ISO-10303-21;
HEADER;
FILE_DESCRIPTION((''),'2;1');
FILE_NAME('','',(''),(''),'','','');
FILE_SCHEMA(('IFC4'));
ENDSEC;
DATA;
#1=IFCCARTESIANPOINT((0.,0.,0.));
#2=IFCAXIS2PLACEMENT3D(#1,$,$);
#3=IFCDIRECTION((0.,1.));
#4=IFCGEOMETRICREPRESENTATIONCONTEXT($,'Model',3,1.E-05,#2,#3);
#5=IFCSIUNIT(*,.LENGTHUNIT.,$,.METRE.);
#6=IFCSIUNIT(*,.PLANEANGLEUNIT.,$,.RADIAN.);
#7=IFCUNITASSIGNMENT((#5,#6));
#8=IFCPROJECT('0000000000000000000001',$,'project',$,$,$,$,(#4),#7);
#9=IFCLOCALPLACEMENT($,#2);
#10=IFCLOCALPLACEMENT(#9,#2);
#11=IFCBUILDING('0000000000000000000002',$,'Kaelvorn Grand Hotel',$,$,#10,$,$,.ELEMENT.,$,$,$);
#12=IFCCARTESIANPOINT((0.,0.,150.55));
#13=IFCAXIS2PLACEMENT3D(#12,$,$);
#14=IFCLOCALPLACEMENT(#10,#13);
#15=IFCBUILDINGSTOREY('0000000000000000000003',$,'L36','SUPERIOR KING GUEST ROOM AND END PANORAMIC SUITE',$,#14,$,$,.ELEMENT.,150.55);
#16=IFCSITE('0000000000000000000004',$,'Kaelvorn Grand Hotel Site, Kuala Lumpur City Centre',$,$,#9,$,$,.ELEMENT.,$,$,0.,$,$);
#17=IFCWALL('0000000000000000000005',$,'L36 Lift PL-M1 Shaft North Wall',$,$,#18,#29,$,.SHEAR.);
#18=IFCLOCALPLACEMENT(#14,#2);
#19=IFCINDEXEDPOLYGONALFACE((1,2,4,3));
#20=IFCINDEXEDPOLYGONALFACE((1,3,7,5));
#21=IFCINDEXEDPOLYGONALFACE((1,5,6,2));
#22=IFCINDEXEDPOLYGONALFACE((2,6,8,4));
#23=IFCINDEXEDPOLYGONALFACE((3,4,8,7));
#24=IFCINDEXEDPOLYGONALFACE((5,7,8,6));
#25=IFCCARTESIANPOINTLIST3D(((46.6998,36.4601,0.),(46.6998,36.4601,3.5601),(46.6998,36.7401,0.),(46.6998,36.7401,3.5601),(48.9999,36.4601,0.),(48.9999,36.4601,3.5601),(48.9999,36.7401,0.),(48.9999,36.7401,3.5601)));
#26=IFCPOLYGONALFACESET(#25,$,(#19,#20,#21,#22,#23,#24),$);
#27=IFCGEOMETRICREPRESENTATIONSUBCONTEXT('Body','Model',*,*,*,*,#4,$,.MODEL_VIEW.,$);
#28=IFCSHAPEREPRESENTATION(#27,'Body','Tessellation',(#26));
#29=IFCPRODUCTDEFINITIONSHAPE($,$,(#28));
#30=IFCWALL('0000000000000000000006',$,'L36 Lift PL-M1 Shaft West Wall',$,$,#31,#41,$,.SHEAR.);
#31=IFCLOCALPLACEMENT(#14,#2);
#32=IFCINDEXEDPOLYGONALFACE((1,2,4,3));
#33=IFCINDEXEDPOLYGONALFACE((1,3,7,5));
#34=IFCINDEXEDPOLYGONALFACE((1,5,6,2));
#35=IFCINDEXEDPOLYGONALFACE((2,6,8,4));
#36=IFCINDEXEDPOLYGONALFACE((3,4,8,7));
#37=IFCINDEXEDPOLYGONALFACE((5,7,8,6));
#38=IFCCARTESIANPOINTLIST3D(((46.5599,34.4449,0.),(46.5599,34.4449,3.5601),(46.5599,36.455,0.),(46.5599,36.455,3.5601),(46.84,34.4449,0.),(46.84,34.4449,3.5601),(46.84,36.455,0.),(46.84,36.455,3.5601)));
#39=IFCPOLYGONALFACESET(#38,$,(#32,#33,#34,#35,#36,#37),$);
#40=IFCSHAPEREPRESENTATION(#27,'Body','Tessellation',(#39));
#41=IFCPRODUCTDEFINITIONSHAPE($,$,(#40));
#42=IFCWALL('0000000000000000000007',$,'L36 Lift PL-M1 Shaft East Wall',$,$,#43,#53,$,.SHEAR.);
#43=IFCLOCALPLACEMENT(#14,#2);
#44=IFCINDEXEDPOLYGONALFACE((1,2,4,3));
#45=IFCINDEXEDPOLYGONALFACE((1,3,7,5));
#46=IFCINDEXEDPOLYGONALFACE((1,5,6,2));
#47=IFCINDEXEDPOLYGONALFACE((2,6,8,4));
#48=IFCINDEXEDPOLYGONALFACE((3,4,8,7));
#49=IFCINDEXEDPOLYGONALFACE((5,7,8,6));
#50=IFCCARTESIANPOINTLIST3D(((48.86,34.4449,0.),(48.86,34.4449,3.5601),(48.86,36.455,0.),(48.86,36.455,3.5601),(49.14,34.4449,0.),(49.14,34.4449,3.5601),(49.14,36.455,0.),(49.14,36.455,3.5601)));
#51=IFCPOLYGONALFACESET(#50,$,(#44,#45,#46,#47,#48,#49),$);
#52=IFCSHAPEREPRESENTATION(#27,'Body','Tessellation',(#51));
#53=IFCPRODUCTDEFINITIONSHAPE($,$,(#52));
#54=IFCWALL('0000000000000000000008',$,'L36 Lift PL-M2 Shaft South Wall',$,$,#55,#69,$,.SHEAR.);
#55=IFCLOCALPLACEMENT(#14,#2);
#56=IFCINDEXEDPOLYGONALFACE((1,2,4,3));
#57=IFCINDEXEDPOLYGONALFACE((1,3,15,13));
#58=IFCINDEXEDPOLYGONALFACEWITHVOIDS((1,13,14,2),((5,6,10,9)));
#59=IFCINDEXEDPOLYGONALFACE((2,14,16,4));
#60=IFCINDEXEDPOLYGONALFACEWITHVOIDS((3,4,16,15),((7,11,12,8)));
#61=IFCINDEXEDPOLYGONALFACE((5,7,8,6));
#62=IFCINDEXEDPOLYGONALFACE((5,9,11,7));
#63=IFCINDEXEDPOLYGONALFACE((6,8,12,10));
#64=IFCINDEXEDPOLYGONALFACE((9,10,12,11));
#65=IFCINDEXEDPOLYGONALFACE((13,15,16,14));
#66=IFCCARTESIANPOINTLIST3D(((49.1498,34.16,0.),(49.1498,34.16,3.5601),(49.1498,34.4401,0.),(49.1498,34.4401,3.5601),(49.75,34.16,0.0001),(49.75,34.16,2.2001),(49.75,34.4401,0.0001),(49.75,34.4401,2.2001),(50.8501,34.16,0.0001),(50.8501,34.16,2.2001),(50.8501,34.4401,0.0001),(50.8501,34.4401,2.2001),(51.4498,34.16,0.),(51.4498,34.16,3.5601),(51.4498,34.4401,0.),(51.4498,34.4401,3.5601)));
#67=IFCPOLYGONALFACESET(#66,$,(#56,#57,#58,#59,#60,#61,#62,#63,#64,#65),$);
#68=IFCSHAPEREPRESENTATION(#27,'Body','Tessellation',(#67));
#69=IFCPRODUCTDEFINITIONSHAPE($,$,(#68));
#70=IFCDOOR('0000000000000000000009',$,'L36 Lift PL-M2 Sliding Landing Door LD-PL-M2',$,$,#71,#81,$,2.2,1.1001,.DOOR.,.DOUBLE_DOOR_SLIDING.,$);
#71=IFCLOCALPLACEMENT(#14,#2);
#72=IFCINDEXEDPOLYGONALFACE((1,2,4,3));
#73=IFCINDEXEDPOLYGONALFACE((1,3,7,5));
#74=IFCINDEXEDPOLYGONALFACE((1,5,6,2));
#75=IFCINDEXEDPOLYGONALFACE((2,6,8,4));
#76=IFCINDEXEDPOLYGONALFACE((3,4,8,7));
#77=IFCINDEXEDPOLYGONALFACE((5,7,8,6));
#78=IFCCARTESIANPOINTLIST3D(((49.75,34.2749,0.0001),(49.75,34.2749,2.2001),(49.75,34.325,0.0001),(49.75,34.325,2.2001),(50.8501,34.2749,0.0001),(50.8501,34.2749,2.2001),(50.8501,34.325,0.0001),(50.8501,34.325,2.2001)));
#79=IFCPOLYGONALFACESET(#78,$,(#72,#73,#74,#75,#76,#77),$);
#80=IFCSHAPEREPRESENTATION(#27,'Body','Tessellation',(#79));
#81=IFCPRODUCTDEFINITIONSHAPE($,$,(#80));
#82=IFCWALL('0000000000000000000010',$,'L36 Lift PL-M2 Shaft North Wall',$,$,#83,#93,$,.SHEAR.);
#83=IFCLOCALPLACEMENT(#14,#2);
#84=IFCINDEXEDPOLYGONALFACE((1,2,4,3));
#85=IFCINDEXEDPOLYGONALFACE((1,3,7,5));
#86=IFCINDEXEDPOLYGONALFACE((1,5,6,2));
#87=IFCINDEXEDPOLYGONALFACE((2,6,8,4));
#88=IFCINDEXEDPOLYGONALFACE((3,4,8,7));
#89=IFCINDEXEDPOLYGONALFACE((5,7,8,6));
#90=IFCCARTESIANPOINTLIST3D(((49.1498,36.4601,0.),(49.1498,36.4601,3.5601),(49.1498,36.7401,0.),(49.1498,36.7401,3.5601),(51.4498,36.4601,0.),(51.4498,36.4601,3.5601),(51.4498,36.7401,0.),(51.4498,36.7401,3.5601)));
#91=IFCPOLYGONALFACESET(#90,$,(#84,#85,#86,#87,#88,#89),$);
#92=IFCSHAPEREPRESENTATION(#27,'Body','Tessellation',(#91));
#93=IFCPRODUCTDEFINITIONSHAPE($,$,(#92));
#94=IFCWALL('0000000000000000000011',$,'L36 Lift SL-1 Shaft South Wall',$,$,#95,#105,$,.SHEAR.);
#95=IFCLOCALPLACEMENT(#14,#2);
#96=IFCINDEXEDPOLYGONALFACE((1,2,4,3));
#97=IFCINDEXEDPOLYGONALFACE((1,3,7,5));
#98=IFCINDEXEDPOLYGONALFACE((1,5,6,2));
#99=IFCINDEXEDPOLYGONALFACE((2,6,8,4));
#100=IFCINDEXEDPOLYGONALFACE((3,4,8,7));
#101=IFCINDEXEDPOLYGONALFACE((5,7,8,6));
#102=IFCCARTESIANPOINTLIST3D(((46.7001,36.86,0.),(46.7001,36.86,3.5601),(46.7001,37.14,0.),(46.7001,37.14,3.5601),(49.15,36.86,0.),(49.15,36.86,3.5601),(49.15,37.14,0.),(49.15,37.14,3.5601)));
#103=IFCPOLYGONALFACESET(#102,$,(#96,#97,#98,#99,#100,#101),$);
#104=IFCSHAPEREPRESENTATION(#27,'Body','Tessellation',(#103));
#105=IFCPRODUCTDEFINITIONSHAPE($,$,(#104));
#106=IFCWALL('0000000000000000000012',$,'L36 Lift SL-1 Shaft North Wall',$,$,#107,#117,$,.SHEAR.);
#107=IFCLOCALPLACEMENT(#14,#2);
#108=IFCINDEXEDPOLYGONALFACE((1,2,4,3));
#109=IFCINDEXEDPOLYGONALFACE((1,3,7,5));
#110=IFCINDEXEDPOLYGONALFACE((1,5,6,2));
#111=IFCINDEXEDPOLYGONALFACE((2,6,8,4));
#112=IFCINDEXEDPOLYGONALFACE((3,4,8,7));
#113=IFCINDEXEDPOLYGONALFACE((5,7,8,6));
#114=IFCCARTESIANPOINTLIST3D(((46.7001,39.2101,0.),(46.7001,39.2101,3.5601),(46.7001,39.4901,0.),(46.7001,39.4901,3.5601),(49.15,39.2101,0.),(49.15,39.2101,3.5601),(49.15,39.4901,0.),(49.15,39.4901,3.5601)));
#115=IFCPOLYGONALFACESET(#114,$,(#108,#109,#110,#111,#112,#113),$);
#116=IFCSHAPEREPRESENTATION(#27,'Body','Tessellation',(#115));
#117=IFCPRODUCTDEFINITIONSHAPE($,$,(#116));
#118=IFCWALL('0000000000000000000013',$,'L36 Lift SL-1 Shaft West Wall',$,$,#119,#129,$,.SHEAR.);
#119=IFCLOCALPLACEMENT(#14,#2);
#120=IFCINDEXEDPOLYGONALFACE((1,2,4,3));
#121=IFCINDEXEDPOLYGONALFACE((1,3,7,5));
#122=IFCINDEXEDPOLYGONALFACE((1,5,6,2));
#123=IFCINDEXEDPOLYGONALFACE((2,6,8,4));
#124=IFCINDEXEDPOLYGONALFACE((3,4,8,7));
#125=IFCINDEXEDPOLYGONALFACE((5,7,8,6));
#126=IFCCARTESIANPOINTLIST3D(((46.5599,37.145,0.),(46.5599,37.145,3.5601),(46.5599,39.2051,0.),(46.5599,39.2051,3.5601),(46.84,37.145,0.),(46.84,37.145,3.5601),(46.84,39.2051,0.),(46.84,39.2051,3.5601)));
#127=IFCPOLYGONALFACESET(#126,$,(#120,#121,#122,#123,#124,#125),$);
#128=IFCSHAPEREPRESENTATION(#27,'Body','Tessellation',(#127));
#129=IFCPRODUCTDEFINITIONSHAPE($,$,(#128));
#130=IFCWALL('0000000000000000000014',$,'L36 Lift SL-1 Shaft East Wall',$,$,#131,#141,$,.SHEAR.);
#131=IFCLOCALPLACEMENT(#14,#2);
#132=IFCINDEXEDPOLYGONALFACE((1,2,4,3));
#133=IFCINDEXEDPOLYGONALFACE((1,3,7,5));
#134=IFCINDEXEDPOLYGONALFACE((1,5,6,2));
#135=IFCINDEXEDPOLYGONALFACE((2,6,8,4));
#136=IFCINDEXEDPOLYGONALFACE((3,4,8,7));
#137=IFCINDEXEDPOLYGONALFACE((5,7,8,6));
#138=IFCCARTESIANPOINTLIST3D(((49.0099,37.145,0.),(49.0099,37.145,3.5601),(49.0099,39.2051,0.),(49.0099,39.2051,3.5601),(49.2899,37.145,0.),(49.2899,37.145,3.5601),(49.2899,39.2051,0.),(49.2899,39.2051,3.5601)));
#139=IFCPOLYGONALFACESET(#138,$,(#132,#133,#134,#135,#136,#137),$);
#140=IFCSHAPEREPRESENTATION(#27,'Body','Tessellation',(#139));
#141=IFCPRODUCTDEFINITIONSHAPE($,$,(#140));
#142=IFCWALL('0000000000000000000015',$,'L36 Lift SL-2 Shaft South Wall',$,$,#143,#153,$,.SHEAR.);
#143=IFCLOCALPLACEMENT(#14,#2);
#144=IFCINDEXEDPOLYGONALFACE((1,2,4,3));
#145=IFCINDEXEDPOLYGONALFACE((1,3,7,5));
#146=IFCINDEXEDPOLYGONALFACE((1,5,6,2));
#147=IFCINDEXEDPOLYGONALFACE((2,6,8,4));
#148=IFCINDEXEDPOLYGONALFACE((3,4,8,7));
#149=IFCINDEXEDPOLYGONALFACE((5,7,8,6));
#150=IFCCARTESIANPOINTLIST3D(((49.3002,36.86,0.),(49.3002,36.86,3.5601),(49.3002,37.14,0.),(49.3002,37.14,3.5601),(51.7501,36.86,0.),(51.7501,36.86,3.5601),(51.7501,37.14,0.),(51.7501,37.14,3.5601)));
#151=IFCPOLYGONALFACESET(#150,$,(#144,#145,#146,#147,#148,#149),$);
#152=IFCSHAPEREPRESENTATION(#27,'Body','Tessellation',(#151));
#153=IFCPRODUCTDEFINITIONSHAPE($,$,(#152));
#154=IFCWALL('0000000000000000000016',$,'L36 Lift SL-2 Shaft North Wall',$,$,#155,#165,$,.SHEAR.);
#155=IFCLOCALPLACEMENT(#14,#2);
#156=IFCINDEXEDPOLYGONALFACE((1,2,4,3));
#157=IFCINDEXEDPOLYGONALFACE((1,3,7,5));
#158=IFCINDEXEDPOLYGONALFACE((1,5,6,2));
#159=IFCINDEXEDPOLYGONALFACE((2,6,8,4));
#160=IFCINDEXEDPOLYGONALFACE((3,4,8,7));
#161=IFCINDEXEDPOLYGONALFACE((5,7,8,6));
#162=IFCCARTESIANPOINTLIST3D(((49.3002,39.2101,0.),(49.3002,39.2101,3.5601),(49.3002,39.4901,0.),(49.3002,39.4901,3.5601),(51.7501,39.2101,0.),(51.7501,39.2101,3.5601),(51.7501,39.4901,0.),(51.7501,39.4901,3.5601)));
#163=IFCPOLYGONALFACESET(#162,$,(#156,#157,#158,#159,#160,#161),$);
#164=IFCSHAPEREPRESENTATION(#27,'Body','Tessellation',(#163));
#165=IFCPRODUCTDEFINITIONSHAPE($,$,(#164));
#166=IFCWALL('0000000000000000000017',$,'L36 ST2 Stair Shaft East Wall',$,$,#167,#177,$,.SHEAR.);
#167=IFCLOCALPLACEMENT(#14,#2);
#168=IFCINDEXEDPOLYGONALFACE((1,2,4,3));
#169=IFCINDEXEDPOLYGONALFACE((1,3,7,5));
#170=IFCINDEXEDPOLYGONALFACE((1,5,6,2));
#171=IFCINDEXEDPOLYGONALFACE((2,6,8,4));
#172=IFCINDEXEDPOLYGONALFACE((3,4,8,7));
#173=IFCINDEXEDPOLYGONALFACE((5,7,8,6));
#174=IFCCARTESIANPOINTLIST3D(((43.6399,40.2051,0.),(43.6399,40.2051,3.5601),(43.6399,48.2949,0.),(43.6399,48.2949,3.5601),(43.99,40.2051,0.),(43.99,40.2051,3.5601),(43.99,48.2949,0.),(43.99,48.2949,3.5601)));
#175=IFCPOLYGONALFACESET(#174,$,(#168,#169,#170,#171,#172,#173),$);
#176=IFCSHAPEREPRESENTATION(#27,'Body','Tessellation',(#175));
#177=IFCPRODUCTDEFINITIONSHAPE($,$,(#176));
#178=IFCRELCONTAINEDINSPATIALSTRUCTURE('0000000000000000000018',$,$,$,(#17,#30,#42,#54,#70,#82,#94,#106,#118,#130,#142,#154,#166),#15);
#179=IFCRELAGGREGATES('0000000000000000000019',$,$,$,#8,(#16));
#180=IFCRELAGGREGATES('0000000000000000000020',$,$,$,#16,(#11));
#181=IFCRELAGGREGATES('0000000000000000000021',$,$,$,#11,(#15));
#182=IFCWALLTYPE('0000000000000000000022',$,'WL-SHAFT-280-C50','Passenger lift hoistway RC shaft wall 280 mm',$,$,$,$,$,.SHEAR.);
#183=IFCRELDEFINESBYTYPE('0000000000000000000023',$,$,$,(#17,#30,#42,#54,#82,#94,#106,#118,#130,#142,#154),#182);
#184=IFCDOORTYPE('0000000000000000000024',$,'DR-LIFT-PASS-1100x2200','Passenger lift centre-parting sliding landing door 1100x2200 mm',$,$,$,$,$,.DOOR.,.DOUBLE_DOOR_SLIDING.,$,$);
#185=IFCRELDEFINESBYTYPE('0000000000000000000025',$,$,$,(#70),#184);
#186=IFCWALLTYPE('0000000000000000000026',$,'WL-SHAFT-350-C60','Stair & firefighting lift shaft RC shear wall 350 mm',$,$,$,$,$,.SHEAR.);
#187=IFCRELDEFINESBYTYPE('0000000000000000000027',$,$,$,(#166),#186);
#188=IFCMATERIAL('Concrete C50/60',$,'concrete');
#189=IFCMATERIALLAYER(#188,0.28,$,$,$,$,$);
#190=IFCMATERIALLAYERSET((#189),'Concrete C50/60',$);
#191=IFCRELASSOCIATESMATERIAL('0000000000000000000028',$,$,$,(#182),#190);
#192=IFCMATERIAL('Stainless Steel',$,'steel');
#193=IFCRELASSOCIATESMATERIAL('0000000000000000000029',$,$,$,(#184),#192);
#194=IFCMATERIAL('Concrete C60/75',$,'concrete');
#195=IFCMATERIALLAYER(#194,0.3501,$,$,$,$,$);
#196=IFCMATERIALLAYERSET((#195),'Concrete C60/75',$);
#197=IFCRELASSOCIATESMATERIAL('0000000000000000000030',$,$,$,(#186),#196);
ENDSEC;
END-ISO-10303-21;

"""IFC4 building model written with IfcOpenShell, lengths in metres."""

from ifc_helpers import new_model, si_unit, direction, frame, frame_2d, origin, place, context, subcontext, project, spatial, rectangle, extrude, material, layer, layer_set, type_object, element, fill, save


model = new_model("IFC4")

# Units and contexts
model_context = context("Model", 3, precision=1e-05, world=origin(), true_north=direction((0.0, 1.0)))
body_context = subcontext(model_context, "Body", "Model", "MODEL_VIEW")
ifc_project = project(units=[si_unit("LENGTHUNIT", "METRE"), si_unit("PLANEANGLEUNIT", "RADIAN")], contexts=[model_context])

# Site, building, storey
site_placement = place(None, origin())
site = spatial("IfcSite", under=ifc_project, at=site_placement, Name="Kaelvorn Grand Hotel Site, Kuala Lumpur City Centre", CompositionType="ELEMENT", RefElevation=0.0)
building_placement = place(site_placement, origin())
building = spatial("IfcBuilding", under=site, at=building_placement, Name="Kaelvorn Grand Hotel", CompositionType="ELEMENT")
storey_placement = place(building_placement, frame((0.0, 0.0, 150.55)))
storey = spatial("IfcBuildingStorey", under=building, at=storey_placement, Name="L36", Description="SUPERIOR KING GUEST ROOM AND END PANORAMIC SUITE", CompositionType="ELEMENT", Elevation=150.55)

# Shared definitions
ifc_material_1 = material(Name="Concrete C60/75", Category="concrete")

# Shared definitions
ifc_material_2 = material(Name="Concrete C50/60", Category="concrete")

# Shared definitions
ifc_layer_1 = layer(ifc_material_2, 0.28)
ifc_layer_set_1 = layer_set([ifc_layer_1], Name="Concrete C50/60")
wall_type_1 = type_object("IfcWallType", Name="WL-SHAFT-280-C50", Description="Passenger lift hoistway RC shaft wall 280 mm", PredefinedType="SHEAR", material=ifc_layer_set_1)
ifc_material_3 = material(Name="Stainless Steel", Category="steel")
door_type_1 = type_object("IfcDoorType", Name="DR-LIFT-PASS-1100x2200", Description="Passenger lift centre-parting sliding landing door 1100x2200 mm", OperationType="DOUBLE_DOOR_SLIDING", PredefinedType="DOOR", material=ifc_material_3)

# Walls
wall_1_placement = place(storey_placement, frame((46.7, 36.6001, 0.0), z_axis=(0.0, 0.0, 1.0), x_axis=(1.0, 0.0, 0.0)))
element("IfcWall", 1, at=wall_1_placement, inside=storey, type_object=wall_type_1, Name="L36 Lift PL-M1 Shaft North Wall", PredefinedType="SHEAR", context=body_context, shape_type="SweptSolid", body=[
    extrude(rectangle(XDim=2.3, YDim=0.28, at=frame_2d((1.1499, 0.0))), origin(), (0.0, 0.0, 1.0), 3.5601),
])
for number, where, z_axis, x_axis, name in (
    (2, (46.7, 34.4451, 0.0), (0.0, 0.0, 1.0), (0.0, 1.0, 0.0), "L36 Lift PL-M1 Shaft West Wall"),
    (3, (49.0, 34.4451, 0.0), (0.0, 0.0, 1.0), (0.0, 1.0, 0.0), "L36 Lift PL-M1 Shaft East Wall"),
):
    element("IfcWall", number, at=place(storey_placement, frame(where, z_axis=z_axis, x_axis=x_axis)), inside=storey, type_object=wall_type_1, Name=name, PredefinedType="SHEAR", context=body_context, shape_type="SweptSolid", body=[
        extrude(rectangle(XDim=2.01, YDim=0.28, at=frame_2d((1.0049, 0.0))), origin(), (0.0, 0.0, 1.0), 3.5601),
    ])

# Wall, opening, door
wall_2_placement = place(storey_placement, frame((49.1499, 34.3, 0.0), z_axis=(0.0, 0.0, 1.0), x_axis=(1.0, 0.0, 0.0)))
wall_2 = element("IfcWall", 4, at=wall_2_placement, inside=storey, type_object=wall_type_1, Name="L36 Lift PL-M2 Shaft South Wall", PredefinedType="SHEAR", context=body_context, shape_type="SweptSolid", body=[
    extrude(rectangle(XDim=2.3, YDim=0.28, at=frame_2d((1.1499, 0.0))), origin(), (0.0, 0.0, 1.0), 3.5601),
])
opening_1_placement = place(wall_2_placement, frame((0.6001, 0.0, 0.0)))
opening_1 = element("IfcOpeningElement", 5, at=opening_1_placement, cuts=wall_2, PredefinedType="OPENING", context=body_context, shape_type="SweptSolid", body=[
    extrude(rectangle(XDim=1.1001, YDim=2.2, at=frame_2d((0.55, 1.1001))), frame((0.0, 0.1499, 0.0), z_axis=(0.0, -1.0, 0.0), x_axis=(1.0, 0.0, 0.0)), (0.0, 0.0, 1.0), 0.3),
])
door_1_placement = place(opening_1_placement, origin())
door_1 = element("IfcDoor", 6, at=door_1_placement, inside=storey, type_object=door_type_1, Name="L36 Lift PL-M2 Sliding Landing Door LD-PL-M2", OperationType="DOUBLE_DOOR_SLIDING", OverallHeight=2.2, OverallWidth=1.1001, PredefinedType="DOOR", context=body_context, shape_type="SweptSolid", body=[
    extrude(rectangle(XDim=1.1001, YDim=2.2, at=frame_2d((0.55, 1.1001))), frame((0.0, 0.0249, 0.0), z_axis=(0.0, -1.0, 0.0), x_axis=(1.0, 0.0, 0.0)), (0.0, 0.0, 1.0), 0.05),
])
fill(opening_1, door_1)

# Walls
wall_3_placement = place(storey_placement, frame((49.1499, 36.6001, 0.0), z_axis=(0.0, 0.0, 1.0), x_axis=(1.0, 0.0, 0.0)))
element("IfcWall", 7, at=wall_3_placement, inside=storey, type_object=wall_type_1, Name="L36 Lift PL-M2 Shaft North Wall", PredefinedType="SHEAR", context=body_context, shape_type="SweptSolid", body=[
    extrude(rectangle(XDim=2.3, YDim=0.28, at=frame_2d((1.1499, 0.0))), origin(), (0.0, 0.0, 1.0), 3.5601),
])
for number, where, z_axis, x_axis, name in (
    (8, (46.7, 37.0, 0.0), (0.0, 0.0, 1.0), (1.0, 0.0, 0.0), "L36 Lift SL-1 Shaft South Wall"),
    (9, (46.7, 39.3501, 0.0), (0.0, 0.0, 1.0), (1.0, 0.0, 0.0), "L36 Lift SL-1 Shaft North Wall"),
):
    element("IfcWall", number, at=place(storey_placement, frame(where, z_axis=z_axis, x_axis=x_axis)), inside=storey, type_object=wall_type_1, Name=name, PredefinedType="SHEAR", context=body_context, shape_type="SweptSolid", body=[
        extrude(rectangle(XDim=2.45, YDim=0.28, at=frame_2d((1.2251, 0.0))), origin(), (0.0, 0.0, 1.0), 3.5601),
    ])
for number, where, z_axis, x_axis, name in (
    (10, (46.7, 37.145, 0.0), (0.0, 0.0, 1.0), (0.0, 1.0, 0.0), "L36 Lift SL-1 Shaft West Wall"),
    (11, (49.1499, 37.145, 0.0), (0.0, 0.0, 1.0), (0.0, 1.0, 0.0), "L36 Lift SL-1 Shaft East Wall"),
):
    element("IfcWall", number, at=place(storey_placement, frame(where, z_axis=z_axis, x_axis=x_axis)), inside=storey, type_object=wall_type_1, Name=name, PredefinedType="SHEAR", context=body_context, shape_type="SweptSolid", body=[
        extrude(rectangle(XDim=2.0601, YDim=0.28, at=frame_2d((1.03, 0.0))), origin(), (0.0, 0.0, 1.0), 3.5601),
    ])
for number, where, z_axis, x_axis, name in (
    (12, (49.3, 37.0, 0.0), (0.0, 0.0, 1.0), (1.0, 0.0, 0.0), "L36 Lift SL-2 Shaft South Wall"),
    (13, (49.3, 39.3501, 0.0), (0.0, 0.0, 1.0), (1.0, 0.0, 0.0), "L36 Lift SL-2 Shaft North Wall"),
):
    element("IfcWall", number, at=place(storey_placement, frame(where, z_axis=z_axis, x_axis=x_axis)), inside=storey, type_object=wall_type_1, Name=name, PredefinedType="SHEAR", context=body_context, shape_type="SweptSolid", body=[
        extrude(rectangle(XDim=2.45, YDim=0.28, at=frame_2d((1.2251, 0.0))), origin(), (0.0, 0.0, 1.0), 3.5601),
    ])
ifc_layer_2 = layer(ifc_material_1, 0.3501)
ifc_layer_set_2 = layer_set([ifc_layer_2], Name="Concrete C60/75")
wall_type_2 = type_object("IfcWallType", Name="WL-SHAFT-350-C60", Description="Stair & firefighting lift shaft RC shear wall 350 mm", PredefinedType="SHEAR", material=ifc_layer_set_2)
wall_4_placement = place(storey_placement, frame((43.8149, 40.2051, 0.0), z_axis=(0.0, 0.0, 1.0), x_axis=(0.0, 1.0, 0.0)))
element("IfcWall", 14, at=wall_4_placement, inside=storey, type_object=wall_type_2, Name="L36 ST2 Stair Shaft East Wall", PredefinedType="SHEAR", context=body_context, shape_type="SweptSolid", body=[
    extrude(rectangle(XDim=8.0898, YDim=0.3501, at=frame_2d((4.0449, 0.0))), origin(), (0.0, 0.0, 1.0), 3.5601),
])

save(model, "model.ifc")
